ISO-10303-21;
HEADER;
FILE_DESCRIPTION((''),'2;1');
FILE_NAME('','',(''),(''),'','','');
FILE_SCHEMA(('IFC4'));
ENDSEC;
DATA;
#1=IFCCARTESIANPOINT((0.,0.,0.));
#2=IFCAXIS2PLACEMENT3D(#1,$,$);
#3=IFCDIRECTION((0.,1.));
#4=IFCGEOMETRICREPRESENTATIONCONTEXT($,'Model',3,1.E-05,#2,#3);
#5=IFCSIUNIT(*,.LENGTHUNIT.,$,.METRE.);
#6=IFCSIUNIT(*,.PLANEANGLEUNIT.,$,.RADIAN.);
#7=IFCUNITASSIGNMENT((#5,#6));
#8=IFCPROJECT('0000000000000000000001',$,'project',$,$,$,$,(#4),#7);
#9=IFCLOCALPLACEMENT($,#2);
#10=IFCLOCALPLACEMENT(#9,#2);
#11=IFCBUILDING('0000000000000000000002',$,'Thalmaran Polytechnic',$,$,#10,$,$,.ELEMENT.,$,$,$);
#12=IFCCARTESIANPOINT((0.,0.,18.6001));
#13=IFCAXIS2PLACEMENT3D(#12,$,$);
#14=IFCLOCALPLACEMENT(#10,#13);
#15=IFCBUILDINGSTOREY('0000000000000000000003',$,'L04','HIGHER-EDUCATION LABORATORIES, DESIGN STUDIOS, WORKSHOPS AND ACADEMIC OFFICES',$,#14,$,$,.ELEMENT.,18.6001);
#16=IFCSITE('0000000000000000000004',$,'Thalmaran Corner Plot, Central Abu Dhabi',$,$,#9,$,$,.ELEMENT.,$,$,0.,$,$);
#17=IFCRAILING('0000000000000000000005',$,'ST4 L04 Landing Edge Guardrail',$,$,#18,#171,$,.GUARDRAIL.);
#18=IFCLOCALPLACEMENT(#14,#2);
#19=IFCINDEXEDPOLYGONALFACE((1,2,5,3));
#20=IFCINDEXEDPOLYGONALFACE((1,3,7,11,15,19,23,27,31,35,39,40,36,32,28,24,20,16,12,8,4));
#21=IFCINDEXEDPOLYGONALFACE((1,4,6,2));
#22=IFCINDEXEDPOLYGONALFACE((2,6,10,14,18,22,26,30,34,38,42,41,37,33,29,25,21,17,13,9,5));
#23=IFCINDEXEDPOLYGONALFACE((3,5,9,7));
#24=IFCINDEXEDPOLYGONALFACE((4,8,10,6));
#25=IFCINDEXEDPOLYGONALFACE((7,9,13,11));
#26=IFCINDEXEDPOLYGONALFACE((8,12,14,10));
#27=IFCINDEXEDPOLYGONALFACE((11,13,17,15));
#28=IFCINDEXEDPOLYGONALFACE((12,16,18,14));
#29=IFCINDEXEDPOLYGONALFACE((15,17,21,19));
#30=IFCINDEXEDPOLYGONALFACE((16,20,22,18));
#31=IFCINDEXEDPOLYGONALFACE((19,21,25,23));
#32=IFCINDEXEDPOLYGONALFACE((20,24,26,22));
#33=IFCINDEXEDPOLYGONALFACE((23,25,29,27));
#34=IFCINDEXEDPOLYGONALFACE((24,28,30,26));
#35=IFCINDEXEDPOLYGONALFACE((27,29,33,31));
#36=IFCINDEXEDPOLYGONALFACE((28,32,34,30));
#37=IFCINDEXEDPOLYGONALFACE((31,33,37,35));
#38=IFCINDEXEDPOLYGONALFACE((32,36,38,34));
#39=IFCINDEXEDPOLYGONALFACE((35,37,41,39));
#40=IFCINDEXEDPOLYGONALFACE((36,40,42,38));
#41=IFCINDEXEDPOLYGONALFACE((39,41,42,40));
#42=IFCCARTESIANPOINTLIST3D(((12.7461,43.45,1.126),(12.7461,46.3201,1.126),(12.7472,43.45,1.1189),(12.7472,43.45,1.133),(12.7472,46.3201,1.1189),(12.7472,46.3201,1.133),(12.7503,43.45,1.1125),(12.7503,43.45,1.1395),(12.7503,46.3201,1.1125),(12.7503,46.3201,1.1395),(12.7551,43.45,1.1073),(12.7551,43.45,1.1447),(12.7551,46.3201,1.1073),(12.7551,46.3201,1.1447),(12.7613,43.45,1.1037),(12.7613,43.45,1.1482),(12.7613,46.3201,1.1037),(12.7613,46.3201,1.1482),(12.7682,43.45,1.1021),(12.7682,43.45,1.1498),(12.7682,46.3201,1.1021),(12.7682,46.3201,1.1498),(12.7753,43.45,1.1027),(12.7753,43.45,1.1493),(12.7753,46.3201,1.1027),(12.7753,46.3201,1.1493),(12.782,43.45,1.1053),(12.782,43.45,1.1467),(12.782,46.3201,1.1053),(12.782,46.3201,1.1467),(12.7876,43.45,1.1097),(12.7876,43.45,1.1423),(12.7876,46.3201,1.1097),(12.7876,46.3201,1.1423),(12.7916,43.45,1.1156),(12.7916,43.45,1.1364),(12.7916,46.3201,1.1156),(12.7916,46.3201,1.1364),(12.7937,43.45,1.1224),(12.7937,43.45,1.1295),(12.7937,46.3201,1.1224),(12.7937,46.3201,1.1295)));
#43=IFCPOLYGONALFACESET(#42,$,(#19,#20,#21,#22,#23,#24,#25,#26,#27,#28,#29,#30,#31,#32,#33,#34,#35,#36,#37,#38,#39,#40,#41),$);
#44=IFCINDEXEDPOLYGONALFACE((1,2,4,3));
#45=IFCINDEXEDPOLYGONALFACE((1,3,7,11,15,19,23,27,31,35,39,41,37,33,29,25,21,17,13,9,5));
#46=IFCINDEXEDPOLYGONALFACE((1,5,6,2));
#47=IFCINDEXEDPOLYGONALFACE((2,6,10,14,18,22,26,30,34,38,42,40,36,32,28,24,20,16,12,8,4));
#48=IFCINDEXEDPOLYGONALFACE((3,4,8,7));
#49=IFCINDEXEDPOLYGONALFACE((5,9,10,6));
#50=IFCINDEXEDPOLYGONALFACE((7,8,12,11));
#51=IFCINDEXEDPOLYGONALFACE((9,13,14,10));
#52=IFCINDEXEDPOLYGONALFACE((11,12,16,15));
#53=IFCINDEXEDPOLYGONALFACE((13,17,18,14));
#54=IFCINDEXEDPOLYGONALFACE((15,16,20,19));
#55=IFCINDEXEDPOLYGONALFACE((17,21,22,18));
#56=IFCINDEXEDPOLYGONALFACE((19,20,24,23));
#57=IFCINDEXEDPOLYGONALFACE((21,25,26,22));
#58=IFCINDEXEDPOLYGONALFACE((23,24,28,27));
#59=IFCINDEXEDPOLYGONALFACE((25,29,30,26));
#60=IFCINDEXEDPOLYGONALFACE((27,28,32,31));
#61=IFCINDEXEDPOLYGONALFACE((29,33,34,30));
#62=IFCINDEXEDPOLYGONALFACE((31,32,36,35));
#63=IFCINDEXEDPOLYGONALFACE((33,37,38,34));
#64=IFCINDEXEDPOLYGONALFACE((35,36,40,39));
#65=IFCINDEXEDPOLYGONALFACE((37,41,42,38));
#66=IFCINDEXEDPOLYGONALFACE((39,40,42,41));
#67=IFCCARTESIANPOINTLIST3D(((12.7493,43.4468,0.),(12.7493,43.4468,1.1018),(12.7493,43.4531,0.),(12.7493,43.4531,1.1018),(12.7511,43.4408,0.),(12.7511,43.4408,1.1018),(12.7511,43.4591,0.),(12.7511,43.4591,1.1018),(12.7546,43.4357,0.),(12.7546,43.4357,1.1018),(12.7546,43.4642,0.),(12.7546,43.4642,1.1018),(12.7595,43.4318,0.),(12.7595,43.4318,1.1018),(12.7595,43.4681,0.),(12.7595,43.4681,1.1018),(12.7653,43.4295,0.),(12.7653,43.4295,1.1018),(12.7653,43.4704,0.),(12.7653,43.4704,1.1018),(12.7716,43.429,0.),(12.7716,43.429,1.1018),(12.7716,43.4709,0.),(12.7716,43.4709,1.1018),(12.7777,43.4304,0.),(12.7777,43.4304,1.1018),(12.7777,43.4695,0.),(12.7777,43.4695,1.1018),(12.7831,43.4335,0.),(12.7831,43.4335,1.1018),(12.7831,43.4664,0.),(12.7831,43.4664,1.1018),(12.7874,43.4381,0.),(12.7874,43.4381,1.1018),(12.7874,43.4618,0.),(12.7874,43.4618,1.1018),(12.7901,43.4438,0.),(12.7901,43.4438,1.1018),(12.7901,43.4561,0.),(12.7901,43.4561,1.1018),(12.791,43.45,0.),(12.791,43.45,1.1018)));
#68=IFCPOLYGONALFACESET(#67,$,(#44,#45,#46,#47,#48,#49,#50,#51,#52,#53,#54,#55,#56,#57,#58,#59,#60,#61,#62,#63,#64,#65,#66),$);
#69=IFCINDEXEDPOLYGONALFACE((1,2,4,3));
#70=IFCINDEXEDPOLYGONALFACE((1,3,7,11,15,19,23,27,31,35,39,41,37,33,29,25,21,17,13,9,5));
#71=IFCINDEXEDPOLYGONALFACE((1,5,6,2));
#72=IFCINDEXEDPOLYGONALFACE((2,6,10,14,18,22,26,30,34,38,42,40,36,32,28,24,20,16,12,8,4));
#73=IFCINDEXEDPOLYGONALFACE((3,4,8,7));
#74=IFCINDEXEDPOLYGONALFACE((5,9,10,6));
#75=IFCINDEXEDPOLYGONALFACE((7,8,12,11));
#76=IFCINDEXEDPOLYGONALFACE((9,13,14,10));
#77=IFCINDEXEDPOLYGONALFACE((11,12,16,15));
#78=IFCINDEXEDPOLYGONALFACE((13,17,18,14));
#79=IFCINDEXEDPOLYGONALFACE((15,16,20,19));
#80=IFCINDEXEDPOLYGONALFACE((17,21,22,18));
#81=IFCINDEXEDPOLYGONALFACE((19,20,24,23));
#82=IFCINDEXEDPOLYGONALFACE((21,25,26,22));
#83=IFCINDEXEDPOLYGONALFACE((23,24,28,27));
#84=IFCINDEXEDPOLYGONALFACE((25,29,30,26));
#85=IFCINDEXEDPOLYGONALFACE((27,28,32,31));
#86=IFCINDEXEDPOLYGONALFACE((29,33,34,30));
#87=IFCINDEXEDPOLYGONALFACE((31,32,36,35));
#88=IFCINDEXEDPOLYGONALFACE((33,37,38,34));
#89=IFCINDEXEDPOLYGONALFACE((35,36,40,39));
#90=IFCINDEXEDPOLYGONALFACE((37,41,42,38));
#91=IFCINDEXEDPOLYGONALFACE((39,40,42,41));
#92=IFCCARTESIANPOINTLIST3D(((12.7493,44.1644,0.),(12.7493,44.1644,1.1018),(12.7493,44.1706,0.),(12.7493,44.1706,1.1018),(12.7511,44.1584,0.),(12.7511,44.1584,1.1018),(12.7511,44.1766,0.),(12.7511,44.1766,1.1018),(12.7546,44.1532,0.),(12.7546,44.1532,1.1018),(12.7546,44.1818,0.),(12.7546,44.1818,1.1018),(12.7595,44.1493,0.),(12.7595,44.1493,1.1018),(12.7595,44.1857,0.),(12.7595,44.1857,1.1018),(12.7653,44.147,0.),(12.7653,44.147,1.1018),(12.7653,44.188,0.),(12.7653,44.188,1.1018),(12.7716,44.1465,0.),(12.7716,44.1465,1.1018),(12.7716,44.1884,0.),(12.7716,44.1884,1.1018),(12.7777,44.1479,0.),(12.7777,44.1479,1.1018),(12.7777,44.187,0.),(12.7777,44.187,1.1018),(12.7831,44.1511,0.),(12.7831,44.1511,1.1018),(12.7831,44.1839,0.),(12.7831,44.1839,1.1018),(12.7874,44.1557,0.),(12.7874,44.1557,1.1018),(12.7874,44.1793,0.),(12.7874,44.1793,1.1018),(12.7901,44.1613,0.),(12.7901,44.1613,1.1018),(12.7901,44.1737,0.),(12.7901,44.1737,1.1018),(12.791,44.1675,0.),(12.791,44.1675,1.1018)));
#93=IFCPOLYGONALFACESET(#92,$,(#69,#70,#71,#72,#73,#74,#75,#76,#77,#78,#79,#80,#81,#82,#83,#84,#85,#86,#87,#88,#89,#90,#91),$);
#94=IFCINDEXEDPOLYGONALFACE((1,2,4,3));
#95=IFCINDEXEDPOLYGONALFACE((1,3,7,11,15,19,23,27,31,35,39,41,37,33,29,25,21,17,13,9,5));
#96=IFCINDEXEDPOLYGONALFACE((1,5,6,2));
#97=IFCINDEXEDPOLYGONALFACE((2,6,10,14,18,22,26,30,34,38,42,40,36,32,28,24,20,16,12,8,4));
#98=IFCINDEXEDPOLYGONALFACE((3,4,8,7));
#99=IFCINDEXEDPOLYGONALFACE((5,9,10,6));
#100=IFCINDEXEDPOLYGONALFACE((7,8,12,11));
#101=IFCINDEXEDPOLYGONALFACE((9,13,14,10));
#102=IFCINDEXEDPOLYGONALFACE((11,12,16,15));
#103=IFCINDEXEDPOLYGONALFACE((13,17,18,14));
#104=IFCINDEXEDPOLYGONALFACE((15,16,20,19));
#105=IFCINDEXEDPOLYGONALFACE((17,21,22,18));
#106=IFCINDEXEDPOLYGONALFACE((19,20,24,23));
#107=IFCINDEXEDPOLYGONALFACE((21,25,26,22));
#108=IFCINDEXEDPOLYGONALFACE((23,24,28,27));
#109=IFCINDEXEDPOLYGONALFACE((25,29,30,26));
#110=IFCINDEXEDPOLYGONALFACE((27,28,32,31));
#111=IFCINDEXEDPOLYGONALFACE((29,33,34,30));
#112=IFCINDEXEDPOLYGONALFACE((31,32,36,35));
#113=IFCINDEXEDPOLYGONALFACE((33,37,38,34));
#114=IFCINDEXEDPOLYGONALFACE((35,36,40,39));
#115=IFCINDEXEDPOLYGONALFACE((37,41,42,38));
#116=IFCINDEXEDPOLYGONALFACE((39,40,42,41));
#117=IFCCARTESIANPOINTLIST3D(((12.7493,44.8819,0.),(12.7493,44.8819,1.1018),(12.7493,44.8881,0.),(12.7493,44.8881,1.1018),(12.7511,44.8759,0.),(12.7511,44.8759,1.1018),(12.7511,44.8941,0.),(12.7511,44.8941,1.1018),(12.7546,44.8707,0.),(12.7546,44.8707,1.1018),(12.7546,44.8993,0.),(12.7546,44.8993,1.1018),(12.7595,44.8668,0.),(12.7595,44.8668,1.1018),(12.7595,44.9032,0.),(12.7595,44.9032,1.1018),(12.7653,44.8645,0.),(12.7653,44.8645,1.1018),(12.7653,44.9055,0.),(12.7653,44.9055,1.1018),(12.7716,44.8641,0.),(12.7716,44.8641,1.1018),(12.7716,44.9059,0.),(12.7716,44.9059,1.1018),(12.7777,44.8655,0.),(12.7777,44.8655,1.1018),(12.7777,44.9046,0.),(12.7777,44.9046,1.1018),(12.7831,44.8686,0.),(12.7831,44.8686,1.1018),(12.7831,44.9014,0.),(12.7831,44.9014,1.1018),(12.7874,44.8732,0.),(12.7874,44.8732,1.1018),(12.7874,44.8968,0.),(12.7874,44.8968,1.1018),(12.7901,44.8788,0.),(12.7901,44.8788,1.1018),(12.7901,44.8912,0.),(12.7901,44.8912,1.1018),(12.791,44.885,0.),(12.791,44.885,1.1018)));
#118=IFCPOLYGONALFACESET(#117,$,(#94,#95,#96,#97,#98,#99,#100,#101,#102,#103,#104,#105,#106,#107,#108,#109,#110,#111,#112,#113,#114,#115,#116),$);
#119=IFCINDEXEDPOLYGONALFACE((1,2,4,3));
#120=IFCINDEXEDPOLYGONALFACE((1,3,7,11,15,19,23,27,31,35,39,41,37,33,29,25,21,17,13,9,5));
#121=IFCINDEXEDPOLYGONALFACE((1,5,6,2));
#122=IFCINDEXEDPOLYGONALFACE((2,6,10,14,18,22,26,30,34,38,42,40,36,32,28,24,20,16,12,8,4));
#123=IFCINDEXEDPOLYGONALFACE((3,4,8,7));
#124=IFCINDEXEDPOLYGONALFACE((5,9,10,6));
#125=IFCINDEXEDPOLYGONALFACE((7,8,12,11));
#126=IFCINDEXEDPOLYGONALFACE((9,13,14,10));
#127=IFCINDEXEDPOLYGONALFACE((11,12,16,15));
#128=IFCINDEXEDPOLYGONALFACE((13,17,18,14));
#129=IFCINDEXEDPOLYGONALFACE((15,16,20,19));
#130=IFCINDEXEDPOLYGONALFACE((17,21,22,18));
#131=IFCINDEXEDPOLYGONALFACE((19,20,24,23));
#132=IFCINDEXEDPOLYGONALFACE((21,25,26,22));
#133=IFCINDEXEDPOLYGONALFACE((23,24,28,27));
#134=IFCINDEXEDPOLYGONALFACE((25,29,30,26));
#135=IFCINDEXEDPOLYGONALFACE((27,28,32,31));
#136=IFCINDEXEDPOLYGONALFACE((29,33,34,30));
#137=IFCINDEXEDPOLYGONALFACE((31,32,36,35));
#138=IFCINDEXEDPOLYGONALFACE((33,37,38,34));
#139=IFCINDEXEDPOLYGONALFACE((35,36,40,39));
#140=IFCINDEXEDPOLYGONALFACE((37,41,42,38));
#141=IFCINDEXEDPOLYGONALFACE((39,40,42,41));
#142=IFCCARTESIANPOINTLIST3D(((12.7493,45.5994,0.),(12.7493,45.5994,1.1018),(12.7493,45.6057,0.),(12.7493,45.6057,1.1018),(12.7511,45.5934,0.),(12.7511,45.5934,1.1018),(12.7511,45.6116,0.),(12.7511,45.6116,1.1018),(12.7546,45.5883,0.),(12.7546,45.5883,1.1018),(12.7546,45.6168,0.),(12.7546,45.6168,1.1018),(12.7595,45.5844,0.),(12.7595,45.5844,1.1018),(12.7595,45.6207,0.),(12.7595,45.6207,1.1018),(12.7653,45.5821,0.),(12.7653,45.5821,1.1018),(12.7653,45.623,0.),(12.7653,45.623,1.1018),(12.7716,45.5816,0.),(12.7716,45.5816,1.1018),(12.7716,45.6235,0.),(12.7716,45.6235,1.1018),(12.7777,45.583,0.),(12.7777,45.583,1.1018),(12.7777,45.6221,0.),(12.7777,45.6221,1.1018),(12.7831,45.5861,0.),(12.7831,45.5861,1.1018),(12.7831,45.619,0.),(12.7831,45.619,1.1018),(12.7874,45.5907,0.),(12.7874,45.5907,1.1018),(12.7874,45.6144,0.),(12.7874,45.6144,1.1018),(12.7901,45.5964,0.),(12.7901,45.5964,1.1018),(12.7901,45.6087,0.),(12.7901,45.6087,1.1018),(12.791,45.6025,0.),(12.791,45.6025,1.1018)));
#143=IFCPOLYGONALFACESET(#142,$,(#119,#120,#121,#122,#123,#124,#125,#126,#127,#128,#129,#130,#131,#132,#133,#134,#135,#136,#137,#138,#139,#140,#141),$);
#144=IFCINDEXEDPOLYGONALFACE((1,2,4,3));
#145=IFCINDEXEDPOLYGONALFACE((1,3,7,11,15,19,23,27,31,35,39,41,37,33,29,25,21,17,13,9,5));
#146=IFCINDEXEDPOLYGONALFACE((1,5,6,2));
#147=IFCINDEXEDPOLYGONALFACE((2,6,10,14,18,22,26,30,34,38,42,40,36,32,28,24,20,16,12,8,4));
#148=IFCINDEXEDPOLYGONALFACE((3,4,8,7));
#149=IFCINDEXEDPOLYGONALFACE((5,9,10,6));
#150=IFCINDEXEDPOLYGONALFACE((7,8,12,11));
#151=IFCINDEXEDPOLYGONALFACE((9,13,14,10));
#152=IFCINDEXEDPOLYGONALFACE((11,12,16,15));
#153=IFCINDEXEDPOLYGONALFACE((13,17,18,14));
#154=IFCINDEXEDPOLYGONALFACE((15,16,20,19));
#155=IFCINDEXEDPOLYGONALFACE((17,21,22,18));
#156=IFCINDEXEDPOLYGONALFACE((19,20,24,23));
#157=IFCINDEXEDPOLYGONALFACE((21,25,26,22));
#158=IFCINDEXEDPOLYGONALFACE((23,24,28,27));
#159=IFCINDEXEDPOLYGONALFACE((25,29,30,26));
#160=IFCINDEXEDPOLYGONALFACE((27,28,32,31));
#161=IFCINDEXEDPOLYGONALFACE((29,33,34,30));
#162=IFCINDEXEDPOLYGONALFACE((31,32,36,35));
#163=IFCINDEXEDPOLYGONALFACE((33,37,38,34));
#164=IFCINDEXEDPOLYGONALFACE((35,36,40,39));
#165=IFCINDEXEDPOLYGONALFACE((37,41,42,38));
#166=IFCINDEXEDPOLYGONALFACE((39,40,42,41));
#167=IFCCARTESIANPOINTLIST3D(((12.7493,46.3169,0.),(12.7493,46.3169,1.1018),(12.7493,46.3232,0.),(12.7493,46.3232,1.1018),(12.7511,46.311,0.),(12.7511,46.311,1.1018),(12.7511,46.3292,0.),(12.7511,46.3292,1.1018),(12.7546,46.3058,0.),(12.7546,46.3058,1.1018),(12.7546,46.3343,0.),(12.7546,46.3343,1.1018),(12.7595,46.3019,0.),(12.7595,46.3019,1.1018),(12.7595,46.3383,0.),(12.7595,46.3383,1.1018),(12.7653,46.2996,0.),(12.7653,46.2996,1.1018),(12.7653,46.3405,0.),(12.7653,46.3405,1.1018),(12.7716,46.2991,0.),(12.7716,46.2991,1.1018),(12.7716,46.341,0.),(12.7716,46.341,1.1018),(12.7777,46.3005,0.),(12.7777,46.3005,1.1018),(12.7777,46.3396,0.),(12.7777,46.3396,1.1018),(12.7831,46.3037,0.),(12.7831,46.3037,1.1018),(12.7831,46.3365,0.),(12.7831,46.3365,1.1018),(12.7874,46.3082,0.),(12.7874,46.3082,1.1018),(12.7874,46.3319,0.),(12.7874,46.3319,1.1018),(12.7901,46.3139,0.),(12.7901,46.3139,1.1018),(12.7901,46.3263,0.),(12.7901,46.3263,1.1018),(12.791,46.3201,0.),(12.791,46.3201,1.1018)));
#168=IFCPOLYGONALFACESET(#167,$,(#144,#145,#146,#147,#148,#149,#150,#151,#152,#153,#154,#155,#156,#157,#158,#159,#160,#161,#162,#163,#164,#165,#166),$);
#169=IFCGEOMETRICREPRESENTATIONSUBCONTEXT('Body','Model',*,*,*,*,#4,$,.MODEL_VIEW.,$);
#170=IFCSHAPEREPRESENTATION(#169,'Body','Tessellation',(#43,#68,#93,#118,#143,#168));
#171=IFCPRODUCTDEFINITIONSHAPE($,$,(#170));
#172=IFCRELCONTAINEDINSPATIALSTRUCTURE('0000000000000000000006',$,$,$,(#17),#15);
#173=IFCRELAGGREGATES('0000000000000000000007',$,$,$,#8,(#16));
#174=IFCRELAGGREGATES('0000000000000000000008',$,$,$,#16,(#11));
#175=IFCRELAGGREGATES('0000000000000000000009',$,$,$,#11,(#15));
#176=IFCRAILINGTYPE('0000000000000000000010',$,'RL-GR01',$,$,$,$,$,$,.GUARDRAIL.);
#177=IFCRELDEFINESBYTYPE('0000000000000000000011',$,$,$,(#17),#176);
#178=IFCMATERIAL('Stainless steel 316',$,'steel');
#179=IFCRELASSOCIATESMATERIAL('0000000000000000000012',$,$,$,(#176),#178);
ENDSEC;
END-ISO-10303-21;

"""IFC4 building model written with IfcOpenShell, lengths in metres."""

from ifc_helpers import new_model, si_unit, direction, frame, origin, origin_2d, place, context, subcontext, project, spatial, circle, extrude, material, type_object, element, save


model = new_model("IFC4")

# Units and contexts
model_context = context("Model", 3, precision=1e-05, world=origin(), true_north=direction((0.0, 1.0)))
body_context = subcontext(model_context, "Body", "Model", "MODEL_VIEW")
ifc_project = project(units=[si_unit("LENGTHUNIT", "METRE"), si_unit("PLANEANGLEUNIT", "RADIAN")], contexts=[model_context])

# Site, building, storey
site_placement = place(None, origin())
site = spatial("IfcSite", under=ifc_project, at=site_placement, Name="Thalmaran Corner Plot, Central Abu Dhabi", CompositionType="ELEMENT", RefElevation=0.0)
building_placement = place(site_placement, origin())
building = spatial("IfcBuilding", under=site, at=building_placement, Name="Thalmaran Polytechnic", CompositionType="ELEMENT")
storey_placement = place(building_placement, frame((0.0, 0.0, 18.6001)))
storey = spatial("IfcBuildingStorey", under=building, at=storey_placement, Name="L04", Description="HIGHER-EDUCATION LABORATORIES, DESIGN STUDIOS, WORKSHOPS AND ACADEMIC OFFICES", CompositionType="ELEMENT", Elevation=18.6001)

# Railing
ifc_material_1 = material(Name="Stainless steel 316", Category="steel")
railing_type = type_object("IfcRailingType", Name="RL-GR01", PredefinedType="GUARDRAIL", material=ifc_material_1)
railing_placement = place(storey_placement, frame((12.77, 43.45, 0.0)))
element("IfcRailing", 1, at=railing_placement, inside=storey, type_object=railing_type, Name="ST4 L04 Landing Edge Guardrail", PredefinedType="GUARDRAIL", context=body_context, shape_type="SweptSolid", body=[
    extrude(circle(Radius=0.0239, at=origin_2d()), frame((0.0, 0.0, 1.126), z_axis=(0.0, 1.0, 0.0), x_axis=(-1.0, 0.0, 0.0)), (0.0, 0.0, 1.0), 2.8701),
    extrude(circle(Radius=0.021, at=origin_2d()), origin(), (0.0, 0.0, 1.0), 1.1018),
    extrude(circle(Radius=0.021, at=origin_2d()), frame((0.0, 0.7175, 0.0)), (0.0, 0.0, 1.0), 1.1018),
    extrude(circle(Radius=0.021, at=origin_2d()), frame((0.0, 1.4351, 0.0)), (0.0, 0.0, 1.0), 1.1018),
    extrude(circle(Radius=0.021, at=origin_2d()), frame((0.0, 2.1526, 0.0)), (0.0, 0.0, 1.0), 1.1018),
    extrude(circle(Radius=0.021, at=origin_2d()), frame((0.0, 2.8701, 0.0)), (0.0, 0.0, 1.0), 1.1018),
])

save(model, "model.ifc")
